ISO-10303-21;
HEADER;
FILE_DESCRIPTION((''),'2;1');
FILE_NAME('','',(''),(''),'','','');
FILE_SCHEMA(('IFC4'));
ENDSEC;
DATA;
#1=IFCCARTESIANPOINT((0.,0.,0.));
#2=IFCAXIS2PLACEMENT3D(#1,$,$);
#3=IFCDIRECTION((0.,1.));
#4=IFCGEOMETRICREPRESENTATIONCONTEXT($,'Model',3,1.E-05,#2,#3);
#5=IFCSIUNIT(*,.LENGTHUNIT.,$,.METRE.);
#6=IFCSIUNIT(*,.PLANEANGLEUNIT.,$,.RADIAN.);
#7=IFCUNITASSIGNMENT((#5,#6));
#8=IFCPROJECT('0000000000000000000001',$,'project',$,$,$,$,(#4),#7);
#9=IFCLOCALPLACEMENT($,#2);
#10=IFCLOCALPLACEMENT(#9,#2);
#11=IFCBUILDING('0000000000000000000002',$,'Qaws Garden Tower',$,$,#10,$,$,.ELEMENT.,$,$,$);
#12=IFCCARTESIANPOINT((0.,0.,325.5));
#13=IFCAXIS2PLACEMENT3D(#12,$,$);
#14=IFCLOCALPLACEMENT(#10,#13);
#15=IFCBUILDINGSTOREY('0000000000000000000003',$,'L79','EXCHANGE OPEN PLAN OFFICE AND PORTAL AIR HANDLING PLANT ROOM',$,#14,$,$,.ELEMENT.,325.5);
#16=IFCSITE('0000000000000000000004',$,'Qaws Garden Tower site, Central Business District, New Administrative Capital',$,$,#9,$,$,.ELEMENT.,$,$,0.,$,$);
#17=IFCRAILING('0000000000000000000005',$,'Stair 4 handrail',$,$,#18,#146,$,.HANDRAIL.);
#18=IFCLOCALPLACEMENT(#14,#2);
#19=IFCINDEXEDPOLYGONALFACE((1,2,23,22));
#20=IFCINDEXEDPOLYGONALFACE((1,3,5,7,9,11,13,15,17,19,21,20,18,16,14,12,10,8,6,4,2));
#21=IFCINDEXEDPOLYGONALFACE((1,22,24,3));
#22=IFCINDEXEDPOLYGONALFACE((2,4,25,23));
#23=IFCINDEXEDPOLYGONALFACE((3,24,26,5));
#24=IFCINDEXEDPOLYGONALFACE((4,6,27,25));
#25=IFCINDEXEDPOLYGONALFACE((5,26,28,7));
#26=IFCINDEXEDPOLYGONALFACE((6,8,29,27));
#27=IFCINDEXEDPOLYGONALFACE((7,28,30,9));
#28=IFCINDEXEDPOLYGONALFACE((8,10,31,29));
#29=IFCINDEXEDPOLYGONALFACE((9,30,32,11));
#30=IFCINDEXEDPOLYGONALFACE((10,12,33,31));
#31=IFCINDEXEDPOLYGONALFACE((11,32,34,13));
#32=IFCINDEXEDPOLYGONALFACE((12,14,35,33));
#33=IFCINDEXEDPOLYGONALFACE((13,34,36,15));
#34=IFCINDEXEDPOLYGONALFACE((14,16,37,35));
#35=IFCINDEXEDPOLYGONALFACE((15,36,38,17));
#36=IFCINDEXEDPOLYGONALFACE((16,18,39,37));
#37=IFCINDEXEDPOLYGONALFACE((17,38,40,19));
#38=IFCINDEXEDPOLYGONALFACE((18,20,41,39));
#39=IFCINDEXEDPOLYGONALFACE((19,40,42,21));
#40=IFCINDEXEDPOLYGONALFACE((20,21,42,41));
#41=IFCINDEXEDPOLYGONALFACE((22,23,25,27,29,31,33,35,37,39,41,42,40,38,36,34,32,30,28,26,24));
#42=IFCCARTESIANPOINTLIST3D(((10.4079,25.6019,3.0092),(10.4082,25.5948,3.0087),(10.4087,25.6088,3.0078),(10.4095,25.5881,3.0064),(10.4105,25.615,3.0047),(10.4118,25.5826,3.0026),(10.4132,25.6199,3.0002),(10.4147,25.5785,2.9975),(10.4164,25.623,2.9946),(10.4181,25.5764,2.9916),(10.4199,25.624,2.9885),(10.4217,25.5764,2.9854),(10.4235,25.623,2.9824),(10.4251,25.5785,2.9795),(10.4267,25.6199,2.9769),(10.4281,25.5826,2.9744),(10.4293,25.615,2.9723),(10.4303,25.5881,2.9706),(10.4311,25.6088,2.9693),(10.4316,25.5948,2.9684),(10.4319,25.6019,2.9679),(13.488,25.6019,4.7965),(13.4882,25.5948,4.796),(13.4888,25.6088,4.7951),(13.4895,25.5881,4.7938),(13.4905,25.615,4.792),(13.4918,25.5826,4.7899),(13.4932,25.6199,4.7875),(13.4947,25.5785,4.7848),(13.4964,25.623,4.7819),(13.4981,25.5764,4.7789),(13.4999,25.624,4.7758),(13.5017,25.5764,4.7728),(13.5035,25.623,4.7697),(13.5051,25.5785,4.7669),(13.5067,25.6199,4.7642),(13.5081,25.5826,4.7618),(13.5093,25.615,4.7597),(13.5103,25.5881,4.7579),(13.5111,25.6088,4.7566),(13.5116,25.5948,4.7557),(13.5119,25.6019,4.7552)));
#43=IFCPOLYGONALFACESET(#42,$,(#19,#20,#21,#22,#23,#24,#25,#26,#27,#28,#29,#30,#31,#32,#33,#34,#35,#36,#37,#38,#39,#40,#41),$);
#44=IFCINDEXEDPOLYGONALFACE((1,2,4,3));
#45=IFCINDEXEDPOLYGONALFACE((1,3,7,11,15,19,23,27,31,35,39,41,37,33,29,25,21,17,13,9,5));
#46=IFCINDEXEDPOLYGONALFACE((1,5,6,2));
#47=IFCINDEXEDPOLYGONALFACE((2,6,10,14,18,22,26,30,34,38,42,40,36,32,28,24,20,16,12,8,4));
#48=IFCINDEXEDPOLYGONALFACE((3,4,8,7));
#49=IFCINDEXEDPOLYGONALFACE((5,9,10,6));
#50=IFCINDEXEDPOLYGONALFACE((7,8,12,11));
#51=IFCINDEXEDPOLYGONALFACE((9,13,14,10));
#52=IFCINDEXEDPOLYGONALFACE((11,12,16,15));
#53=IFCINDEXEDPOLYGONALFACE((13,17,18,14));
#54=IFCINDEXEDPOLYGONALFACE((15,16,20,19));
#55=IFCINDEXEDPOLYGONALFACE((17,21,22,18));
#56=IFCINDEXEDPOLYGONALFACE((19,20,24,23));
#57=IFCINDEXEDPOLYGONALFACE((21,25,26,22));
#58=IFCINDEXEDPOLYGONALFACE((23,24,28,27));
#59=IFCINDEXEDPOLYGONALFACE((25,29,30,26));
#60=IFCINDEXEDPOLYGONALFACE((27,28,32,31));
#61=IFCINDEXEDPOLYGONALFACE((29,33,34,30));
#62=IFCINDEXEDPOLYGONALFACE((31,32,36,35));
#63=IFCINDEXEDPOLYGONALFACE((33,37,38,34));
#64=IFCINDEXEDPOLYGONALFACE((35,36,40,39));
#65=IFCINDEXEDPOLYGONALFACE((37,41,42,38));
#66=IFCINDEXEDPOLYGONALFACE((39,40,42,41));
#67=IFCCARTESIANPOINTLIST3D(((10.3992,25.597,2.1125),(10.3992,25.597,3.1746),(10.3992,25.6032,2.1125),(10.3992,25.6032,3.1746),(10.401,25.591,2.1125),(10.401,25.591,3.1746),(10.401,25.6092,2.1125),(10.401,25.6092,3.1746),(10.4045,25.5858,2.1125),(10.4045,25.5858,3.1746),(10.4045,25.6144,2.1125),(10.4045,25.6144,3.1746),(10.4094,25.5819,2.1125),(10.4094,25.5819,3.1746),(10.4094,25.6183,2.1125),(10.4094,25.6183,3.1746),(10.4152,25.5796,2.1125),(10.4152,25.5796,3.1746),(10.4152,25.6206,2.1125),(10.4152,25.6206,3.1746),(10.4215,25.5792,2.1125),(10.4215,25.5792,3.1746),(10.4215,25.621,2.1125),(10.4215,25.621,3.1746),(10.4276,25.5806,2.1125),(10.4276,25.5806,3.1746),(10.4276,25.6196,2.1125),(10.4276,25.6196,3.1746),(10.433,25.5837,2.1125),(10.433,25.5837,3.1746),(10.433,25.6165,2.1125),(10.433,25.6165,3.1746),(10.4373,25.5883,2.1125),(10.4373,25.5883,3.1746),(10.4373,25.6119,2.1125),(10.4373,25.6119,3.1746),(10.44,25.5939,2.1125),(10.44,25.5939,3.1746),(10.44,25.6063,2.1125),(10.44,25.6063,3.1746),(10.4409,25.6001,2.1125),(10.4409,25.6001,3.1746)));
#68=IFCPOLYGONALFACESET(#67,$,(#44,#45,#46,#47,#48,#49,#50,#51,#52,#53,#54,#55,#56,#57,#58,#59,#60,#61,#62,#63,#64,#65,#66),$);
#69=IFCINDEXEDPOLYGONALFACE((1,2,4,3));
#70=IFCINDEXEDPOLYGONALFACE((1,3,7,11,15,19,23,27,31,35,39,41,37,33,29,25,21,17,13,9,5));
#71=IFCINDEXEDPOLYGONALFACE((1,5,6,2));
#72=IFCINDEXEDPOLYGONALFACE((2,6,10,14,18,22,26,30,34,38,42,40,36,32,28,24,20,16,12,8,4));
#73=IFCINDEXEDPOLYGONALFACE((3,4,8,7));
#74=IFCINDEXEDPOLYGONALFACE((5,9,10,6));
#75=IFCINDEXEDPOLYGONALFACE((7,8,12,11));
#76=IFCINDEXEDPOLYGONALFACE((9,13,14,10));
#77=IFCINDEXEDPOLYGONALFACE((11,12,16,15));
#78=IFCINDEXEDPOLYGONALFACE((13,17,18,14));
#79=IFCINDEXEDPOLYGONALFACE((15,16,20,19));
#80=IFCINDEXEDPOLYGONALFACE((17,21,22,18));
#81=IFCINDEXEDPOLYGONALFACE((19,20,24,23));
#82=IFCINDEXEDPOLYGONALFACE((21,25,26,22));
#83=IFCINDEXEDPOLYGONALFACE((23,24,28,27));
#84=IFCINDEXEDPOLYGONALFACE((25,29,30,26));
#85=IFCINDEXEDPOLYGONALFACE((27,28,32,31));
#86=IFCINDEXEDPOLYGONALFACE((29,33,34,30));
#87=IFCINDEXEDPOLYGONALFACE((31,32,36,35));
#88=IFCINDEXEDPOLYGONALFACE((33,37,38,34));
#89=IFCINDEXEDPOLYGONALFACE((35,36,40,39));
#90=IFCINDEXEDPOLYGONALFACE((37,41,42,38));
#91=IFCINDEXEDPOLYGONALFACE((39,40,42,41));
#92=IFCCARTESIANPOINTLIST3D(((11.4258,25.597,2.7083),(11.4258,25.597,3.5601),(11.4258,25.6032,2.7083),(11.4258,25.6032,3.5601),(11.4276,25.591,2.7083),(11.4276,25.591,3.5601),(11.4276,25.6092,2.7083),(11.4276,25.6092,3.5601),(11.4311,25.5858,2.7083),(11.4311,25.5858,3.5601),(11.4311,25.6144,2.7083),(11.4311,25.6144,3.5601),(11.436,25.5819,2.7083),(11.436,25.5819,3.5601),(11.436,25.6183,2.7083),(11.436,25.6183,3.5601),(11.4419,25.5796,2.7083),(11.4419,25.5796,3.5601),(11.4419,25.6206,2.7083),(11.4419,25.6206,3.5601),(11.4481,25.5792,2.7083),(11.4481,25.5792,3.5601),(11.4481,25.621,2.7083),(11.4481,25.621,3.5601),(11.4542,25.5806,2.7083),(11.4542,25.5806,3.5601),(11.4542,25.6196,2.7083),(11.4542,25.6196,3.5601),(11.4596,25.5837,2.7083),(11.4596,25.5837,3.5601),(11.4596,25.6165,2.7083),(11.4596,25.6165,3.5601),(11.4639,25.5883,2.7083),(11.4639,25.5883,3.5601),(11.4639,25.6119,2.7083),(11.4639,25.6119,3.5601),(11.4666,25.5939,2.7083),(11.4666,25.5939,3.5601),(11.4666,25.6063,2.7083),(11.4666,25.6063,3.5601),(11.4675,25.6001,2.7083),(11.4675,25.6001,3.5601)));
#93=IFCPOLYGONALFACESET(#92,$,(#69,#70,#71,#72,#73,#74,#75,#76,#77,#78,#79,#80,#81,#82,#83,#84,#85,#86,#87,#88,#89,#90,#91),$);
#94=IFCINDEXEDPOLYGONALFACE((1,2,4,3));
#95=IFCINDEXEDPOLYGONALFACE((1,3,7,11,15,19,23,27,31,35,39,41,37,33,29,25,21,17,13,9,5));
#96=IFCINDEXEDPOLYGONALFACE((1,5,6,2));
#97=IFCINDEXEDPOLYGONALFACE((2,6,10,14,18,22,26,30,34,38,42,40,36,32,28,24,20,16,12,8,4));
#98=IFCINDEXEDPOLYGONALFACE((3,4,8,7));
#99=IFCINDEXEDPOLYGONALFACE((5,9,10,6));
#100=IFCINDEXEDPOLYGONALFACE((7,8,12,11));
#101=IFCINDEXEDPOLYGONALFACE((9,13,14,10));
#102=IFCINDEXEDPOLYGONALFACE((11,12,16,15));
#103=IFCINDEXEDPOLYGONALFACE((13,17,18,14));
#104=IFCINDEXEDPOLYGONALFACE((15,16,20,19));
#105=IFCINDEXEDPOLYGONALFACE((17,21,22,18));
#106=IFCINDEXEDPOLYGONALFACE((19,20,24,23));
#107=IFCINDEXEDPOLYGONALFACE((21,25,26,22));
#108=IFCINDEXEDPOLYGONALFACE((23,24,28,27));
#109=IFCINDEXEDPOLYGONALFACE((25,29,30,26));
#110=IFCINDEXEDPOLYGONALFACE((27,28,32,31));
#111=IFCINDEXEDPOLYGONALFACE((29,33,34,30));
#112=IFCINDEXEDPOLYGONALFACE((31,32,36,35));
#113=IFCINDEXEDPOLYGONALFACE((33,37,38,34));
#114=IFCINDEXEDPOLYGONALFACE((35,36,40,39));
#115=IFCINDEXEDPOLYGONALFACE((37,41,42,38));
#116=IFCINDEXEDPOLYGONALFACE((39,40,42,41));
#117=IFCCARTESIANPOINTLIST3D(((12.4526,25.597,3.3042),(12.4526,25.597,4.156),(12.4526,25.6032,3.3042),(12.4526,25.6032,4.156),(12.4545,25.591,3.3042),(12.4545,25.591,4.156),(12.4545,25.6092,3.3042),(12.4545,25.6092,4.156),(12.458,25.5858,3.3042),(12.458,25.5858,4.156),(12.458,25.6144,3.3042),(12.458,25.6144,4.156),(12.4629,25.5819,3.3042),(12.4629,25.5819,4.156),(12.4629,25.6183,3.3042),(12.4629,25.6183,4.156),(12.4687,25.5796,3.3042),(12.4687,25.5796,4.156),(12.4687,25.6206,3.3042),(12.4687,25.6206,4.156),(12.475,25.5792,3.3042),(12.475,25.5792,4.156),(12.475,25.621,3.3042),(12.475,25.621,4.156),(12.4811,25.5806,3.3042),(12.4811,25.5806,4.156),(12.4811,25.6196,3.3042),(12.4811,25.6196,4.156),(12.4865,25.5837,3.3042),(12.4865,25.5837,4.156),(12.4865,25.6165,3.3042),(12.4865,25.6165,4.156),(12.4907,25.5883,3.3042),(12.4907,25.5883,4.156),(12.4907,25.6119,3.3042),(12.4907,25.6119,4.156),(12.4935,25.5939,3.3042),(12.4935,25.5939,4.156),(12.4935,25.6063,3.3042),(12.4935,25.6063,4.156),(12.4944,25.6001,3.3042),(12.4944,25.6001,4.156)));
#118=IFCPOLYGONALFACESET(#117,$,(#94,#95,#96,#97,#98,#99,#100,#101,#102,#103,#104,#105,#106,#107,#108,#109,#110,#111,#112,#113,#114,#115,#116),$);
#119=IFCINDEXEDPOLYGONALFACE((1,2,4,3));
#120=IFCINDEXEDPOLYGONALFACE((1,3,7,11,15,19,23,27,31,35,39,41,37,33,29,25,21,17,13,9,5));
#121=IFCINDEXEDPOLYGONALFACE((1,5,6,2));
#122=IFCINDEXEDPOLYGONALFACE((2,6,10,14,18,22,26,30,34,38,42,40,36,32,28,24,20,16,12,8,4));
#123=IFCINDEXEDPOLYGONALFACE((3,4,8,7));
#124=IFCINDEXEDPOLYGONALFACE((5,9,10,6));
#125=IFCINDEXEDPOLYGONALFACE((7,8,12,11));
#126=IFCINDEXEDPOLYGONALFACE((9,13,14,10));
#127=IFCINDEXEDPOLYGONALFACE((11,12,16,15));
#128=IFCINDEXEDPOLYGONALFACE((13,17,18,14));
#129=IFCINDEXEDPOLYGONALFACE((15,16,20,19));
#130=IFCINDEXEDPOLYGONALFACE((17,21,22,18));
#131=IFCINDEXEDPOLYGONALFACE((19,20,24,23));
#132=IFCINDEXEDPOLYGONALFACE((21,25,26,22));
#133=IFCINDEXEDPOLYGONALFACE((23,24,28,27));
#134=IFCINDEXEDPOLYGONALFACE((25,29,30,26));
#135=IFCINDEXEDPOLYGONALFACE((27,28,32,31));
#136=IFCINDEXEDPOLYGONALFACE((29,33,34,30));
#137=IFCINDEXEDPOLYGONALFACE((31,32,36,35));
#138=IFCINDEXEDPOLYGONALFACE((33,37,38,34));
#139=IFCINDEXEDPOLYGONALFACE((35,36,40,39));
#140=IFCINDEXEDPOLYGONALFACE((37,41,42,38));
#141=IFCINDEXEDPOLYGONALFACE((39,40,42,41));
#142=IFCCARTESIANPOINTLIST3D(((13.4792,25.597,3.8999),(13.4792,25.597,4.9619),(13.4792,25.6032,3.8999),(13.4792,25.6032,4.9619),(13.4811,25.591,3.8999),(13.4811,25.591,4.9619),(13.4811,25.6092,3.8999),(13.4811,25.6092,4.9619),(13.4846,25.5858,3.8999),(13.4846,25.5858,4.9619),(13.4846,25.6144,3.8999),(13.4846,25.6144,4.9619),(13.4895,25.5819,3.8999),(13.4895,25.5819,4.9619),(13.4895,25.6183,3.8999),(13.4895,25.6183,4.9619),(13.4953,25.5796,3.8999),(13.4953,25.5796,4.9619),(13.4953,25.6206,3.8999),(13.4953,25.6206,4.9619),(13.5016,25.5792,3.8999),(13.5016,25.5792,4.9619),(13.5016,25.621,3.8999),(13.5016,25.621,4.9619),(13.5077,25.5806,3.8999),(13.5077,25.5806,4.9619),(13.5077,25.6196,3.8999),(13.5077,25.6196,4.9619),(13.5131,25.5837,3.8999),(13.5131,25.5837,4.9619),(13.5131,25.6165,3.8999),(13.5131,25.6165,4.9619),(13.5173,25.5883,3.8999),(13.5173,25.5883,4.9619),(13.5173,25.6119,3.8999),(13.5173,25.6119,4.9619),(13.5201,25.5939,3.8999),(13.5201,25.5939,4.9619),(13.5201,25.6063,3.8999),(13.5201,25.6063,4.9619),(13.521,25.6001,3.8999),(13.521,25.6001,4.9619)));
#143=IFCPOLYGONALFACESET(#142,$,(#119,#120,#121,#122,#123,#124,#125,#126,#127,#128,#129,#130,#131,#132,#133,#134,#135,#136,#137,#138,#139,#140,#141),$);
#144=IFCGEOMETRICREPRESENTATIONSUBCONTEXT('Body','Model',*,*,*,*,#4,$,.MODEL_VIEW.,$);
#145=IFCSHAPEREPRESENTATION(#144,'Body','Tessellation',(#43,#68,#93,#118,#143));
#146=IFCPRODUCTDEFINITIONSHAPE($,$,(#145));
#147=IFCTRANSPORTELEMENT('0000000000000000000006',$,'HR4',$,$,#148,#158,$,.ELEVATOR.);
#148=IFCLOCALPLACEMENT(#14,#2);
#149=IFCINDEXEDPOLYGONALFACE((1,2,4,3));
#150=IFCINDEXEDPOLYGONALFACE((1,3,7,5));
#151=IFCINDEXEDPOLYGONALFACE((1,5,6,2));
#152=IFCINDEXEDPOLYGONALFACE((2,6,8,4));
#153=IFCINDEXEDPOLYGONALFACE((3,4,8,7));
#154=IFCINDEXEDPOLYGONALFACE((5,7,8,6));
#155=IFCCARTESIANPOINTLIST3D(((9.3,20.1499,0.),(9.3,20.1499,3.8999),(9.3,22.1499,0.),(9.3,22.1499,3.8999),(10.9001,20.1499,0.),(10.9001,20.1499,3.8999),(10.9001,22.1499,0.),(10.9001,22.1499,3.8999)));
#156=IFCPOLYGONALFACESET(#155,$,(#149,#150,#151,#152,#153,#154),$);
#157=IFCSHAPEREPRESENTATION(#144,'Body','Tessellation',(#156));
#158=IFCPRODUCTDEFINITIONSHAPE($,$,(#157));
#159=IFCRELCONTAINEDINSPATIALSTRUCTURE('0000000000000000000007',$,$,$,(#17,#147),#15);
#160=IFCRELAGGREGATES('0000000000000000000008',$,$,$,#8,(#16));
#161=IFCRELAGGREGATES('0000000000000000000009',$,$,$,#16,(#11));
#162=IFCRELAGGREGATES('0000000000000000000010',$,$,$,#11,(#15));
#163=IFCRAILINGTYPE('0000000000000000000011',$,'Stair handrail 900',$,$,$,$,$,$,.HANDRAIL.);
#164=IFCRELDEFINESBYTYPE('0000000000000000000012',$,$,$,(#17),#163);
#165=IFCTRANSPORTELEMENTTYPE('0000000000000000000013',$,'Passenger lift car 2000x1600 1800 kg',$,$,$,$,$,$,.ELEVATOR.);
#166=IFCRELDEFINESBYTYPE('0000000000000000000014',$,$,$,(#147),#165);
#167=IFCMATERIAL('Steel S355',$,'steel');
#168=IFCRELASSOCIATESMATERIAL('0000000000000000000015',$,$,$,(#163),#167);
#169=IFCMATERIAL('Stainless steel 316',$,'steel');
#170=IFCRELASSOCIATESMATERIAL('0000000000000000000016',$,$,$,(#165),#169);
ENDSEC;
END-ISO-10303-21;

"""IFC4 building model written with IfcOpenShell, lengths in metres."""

from ifc_helpers import new_model, si_unit, direction, frame, origin, origin_2d, place, context, subcontext, project, spatial, rectangle, circle, extrude, material, type_object, element, save


model = new_model("IFC4")

# Units and contexts
model_context = context("Model", 3, precision=1e-05, world=origin(), true_north=direction((0.0, 1.0)))
body_context = subcontext(model_context, "Body", "Model", "MODEL_VIEW")
ifc_project = project(units=[si_unit("LENGTHUNIT", "METRE"), si_unit("PLANEANGLEUNIT", "RADIAN")], contexts=[model_context])

# Site, building, storey
site_placement = place(None, origin())
site = spatial("IfcSite", under=ifc_project, at=site_placement, Name="Qaws Garden Tower site, Central Business District, New Administrative Capital", CompositionType="ELEMENT", RefElevation=0.0)
building_placement = place(site_placement, origin())
building = spatial("IfcBuilding", under=site, at=building_placement, Name="Qaws Garden Tower", CompositionType="ELEMENT")
storey_placement = place(building_placement, frame((0.0, 0.0, 325.5)))
storey = spatial("IfcBuildingStorey", under=building, at=storey_placement, Name="L79", Description="EXCHANGE OPEN PLAN OFFICE AND PORTAL AIR HANDLING PLANT ROOM", CompositionType="ELEMENT", Elevation=325.5)

# Railing
ifc_material_1 = material(Name="Steel S355", Category="steel")
railing_type = type_object("IfcRailingType", Name="Stair handrail 900", PredefinedType="HANDRAIL", material=ifc_material_1)
railing_placement = place(storey_placement, frame((10.4199, 25.6001, 2.1125)))
element("IfcRailing", 1, at=railing_placement, inside=storey, type_object=railing_type, Name="Stair 4 handrail", PredefinedType="HANDRAIL", context=body_context, shape_type="SweptSolid", body=[
    extrude(circle(Radius=0.0239, at=origin_2d()), frame((0.0, 0.0, 0.876), z_axis=(0.86492, 0.0, 0.501909), x_axis=(0.0, 1.0, 0.0)), (0.0, 0.0, 1.0), 3.561),
    extrude(circle(Radius=0.021, at=origin_2d()), origin(), (0.0, 0.0, 1.0), 1.062),
    extrude(circle(Radius=0.021, at=origin_2d()), frame((1.0266, 0.0, 0.5957)), (0.0, 0.0, 1.0), 0.8518),
    extrude(circle(Radius=0.021, at=origin_2d()), frame((2.0535, 0.0, 1.1917)), (0.0, 0.0, 1.0), 0.8518),
    extrude(circle(Radius=0.021, at=origin_2d()), frame((3.0801, 0.0, 1.7874)), (0.0, 0.0, 1.0), 1.062),
])

# Transport element
ifc_material_2 = material(Name="Stainless steel 316", Category="steel")
transport_element_type = type_object("IfcTransportElementType", Name="Passenger lift car 2000x1600 1800 kg", PredefinedType="ELEVATOR", material=ifc_material_2)
transport_element_placement = place(storey_placement, frame((10.1001, 21.1499, 0.0), z_axis=(0.0, 0.0, 1.0), x_axis=(1.0, 0.0, 0.0)))
element("IfcTransportElement", 2, at=transport_element_placement, inside=storey, type_object=transport_element_type, Name="HR4", PredefinedType="ELEVATOR", context=body_context, shape_type="SweptSolid", body=[
    extrude(rectangle(XDim=1.6001, YDim=2.0, at=origin_2d()), origin(), (0.0, 0.0, 1.0), 3.8999),
])

save(model, "model.ifc")
